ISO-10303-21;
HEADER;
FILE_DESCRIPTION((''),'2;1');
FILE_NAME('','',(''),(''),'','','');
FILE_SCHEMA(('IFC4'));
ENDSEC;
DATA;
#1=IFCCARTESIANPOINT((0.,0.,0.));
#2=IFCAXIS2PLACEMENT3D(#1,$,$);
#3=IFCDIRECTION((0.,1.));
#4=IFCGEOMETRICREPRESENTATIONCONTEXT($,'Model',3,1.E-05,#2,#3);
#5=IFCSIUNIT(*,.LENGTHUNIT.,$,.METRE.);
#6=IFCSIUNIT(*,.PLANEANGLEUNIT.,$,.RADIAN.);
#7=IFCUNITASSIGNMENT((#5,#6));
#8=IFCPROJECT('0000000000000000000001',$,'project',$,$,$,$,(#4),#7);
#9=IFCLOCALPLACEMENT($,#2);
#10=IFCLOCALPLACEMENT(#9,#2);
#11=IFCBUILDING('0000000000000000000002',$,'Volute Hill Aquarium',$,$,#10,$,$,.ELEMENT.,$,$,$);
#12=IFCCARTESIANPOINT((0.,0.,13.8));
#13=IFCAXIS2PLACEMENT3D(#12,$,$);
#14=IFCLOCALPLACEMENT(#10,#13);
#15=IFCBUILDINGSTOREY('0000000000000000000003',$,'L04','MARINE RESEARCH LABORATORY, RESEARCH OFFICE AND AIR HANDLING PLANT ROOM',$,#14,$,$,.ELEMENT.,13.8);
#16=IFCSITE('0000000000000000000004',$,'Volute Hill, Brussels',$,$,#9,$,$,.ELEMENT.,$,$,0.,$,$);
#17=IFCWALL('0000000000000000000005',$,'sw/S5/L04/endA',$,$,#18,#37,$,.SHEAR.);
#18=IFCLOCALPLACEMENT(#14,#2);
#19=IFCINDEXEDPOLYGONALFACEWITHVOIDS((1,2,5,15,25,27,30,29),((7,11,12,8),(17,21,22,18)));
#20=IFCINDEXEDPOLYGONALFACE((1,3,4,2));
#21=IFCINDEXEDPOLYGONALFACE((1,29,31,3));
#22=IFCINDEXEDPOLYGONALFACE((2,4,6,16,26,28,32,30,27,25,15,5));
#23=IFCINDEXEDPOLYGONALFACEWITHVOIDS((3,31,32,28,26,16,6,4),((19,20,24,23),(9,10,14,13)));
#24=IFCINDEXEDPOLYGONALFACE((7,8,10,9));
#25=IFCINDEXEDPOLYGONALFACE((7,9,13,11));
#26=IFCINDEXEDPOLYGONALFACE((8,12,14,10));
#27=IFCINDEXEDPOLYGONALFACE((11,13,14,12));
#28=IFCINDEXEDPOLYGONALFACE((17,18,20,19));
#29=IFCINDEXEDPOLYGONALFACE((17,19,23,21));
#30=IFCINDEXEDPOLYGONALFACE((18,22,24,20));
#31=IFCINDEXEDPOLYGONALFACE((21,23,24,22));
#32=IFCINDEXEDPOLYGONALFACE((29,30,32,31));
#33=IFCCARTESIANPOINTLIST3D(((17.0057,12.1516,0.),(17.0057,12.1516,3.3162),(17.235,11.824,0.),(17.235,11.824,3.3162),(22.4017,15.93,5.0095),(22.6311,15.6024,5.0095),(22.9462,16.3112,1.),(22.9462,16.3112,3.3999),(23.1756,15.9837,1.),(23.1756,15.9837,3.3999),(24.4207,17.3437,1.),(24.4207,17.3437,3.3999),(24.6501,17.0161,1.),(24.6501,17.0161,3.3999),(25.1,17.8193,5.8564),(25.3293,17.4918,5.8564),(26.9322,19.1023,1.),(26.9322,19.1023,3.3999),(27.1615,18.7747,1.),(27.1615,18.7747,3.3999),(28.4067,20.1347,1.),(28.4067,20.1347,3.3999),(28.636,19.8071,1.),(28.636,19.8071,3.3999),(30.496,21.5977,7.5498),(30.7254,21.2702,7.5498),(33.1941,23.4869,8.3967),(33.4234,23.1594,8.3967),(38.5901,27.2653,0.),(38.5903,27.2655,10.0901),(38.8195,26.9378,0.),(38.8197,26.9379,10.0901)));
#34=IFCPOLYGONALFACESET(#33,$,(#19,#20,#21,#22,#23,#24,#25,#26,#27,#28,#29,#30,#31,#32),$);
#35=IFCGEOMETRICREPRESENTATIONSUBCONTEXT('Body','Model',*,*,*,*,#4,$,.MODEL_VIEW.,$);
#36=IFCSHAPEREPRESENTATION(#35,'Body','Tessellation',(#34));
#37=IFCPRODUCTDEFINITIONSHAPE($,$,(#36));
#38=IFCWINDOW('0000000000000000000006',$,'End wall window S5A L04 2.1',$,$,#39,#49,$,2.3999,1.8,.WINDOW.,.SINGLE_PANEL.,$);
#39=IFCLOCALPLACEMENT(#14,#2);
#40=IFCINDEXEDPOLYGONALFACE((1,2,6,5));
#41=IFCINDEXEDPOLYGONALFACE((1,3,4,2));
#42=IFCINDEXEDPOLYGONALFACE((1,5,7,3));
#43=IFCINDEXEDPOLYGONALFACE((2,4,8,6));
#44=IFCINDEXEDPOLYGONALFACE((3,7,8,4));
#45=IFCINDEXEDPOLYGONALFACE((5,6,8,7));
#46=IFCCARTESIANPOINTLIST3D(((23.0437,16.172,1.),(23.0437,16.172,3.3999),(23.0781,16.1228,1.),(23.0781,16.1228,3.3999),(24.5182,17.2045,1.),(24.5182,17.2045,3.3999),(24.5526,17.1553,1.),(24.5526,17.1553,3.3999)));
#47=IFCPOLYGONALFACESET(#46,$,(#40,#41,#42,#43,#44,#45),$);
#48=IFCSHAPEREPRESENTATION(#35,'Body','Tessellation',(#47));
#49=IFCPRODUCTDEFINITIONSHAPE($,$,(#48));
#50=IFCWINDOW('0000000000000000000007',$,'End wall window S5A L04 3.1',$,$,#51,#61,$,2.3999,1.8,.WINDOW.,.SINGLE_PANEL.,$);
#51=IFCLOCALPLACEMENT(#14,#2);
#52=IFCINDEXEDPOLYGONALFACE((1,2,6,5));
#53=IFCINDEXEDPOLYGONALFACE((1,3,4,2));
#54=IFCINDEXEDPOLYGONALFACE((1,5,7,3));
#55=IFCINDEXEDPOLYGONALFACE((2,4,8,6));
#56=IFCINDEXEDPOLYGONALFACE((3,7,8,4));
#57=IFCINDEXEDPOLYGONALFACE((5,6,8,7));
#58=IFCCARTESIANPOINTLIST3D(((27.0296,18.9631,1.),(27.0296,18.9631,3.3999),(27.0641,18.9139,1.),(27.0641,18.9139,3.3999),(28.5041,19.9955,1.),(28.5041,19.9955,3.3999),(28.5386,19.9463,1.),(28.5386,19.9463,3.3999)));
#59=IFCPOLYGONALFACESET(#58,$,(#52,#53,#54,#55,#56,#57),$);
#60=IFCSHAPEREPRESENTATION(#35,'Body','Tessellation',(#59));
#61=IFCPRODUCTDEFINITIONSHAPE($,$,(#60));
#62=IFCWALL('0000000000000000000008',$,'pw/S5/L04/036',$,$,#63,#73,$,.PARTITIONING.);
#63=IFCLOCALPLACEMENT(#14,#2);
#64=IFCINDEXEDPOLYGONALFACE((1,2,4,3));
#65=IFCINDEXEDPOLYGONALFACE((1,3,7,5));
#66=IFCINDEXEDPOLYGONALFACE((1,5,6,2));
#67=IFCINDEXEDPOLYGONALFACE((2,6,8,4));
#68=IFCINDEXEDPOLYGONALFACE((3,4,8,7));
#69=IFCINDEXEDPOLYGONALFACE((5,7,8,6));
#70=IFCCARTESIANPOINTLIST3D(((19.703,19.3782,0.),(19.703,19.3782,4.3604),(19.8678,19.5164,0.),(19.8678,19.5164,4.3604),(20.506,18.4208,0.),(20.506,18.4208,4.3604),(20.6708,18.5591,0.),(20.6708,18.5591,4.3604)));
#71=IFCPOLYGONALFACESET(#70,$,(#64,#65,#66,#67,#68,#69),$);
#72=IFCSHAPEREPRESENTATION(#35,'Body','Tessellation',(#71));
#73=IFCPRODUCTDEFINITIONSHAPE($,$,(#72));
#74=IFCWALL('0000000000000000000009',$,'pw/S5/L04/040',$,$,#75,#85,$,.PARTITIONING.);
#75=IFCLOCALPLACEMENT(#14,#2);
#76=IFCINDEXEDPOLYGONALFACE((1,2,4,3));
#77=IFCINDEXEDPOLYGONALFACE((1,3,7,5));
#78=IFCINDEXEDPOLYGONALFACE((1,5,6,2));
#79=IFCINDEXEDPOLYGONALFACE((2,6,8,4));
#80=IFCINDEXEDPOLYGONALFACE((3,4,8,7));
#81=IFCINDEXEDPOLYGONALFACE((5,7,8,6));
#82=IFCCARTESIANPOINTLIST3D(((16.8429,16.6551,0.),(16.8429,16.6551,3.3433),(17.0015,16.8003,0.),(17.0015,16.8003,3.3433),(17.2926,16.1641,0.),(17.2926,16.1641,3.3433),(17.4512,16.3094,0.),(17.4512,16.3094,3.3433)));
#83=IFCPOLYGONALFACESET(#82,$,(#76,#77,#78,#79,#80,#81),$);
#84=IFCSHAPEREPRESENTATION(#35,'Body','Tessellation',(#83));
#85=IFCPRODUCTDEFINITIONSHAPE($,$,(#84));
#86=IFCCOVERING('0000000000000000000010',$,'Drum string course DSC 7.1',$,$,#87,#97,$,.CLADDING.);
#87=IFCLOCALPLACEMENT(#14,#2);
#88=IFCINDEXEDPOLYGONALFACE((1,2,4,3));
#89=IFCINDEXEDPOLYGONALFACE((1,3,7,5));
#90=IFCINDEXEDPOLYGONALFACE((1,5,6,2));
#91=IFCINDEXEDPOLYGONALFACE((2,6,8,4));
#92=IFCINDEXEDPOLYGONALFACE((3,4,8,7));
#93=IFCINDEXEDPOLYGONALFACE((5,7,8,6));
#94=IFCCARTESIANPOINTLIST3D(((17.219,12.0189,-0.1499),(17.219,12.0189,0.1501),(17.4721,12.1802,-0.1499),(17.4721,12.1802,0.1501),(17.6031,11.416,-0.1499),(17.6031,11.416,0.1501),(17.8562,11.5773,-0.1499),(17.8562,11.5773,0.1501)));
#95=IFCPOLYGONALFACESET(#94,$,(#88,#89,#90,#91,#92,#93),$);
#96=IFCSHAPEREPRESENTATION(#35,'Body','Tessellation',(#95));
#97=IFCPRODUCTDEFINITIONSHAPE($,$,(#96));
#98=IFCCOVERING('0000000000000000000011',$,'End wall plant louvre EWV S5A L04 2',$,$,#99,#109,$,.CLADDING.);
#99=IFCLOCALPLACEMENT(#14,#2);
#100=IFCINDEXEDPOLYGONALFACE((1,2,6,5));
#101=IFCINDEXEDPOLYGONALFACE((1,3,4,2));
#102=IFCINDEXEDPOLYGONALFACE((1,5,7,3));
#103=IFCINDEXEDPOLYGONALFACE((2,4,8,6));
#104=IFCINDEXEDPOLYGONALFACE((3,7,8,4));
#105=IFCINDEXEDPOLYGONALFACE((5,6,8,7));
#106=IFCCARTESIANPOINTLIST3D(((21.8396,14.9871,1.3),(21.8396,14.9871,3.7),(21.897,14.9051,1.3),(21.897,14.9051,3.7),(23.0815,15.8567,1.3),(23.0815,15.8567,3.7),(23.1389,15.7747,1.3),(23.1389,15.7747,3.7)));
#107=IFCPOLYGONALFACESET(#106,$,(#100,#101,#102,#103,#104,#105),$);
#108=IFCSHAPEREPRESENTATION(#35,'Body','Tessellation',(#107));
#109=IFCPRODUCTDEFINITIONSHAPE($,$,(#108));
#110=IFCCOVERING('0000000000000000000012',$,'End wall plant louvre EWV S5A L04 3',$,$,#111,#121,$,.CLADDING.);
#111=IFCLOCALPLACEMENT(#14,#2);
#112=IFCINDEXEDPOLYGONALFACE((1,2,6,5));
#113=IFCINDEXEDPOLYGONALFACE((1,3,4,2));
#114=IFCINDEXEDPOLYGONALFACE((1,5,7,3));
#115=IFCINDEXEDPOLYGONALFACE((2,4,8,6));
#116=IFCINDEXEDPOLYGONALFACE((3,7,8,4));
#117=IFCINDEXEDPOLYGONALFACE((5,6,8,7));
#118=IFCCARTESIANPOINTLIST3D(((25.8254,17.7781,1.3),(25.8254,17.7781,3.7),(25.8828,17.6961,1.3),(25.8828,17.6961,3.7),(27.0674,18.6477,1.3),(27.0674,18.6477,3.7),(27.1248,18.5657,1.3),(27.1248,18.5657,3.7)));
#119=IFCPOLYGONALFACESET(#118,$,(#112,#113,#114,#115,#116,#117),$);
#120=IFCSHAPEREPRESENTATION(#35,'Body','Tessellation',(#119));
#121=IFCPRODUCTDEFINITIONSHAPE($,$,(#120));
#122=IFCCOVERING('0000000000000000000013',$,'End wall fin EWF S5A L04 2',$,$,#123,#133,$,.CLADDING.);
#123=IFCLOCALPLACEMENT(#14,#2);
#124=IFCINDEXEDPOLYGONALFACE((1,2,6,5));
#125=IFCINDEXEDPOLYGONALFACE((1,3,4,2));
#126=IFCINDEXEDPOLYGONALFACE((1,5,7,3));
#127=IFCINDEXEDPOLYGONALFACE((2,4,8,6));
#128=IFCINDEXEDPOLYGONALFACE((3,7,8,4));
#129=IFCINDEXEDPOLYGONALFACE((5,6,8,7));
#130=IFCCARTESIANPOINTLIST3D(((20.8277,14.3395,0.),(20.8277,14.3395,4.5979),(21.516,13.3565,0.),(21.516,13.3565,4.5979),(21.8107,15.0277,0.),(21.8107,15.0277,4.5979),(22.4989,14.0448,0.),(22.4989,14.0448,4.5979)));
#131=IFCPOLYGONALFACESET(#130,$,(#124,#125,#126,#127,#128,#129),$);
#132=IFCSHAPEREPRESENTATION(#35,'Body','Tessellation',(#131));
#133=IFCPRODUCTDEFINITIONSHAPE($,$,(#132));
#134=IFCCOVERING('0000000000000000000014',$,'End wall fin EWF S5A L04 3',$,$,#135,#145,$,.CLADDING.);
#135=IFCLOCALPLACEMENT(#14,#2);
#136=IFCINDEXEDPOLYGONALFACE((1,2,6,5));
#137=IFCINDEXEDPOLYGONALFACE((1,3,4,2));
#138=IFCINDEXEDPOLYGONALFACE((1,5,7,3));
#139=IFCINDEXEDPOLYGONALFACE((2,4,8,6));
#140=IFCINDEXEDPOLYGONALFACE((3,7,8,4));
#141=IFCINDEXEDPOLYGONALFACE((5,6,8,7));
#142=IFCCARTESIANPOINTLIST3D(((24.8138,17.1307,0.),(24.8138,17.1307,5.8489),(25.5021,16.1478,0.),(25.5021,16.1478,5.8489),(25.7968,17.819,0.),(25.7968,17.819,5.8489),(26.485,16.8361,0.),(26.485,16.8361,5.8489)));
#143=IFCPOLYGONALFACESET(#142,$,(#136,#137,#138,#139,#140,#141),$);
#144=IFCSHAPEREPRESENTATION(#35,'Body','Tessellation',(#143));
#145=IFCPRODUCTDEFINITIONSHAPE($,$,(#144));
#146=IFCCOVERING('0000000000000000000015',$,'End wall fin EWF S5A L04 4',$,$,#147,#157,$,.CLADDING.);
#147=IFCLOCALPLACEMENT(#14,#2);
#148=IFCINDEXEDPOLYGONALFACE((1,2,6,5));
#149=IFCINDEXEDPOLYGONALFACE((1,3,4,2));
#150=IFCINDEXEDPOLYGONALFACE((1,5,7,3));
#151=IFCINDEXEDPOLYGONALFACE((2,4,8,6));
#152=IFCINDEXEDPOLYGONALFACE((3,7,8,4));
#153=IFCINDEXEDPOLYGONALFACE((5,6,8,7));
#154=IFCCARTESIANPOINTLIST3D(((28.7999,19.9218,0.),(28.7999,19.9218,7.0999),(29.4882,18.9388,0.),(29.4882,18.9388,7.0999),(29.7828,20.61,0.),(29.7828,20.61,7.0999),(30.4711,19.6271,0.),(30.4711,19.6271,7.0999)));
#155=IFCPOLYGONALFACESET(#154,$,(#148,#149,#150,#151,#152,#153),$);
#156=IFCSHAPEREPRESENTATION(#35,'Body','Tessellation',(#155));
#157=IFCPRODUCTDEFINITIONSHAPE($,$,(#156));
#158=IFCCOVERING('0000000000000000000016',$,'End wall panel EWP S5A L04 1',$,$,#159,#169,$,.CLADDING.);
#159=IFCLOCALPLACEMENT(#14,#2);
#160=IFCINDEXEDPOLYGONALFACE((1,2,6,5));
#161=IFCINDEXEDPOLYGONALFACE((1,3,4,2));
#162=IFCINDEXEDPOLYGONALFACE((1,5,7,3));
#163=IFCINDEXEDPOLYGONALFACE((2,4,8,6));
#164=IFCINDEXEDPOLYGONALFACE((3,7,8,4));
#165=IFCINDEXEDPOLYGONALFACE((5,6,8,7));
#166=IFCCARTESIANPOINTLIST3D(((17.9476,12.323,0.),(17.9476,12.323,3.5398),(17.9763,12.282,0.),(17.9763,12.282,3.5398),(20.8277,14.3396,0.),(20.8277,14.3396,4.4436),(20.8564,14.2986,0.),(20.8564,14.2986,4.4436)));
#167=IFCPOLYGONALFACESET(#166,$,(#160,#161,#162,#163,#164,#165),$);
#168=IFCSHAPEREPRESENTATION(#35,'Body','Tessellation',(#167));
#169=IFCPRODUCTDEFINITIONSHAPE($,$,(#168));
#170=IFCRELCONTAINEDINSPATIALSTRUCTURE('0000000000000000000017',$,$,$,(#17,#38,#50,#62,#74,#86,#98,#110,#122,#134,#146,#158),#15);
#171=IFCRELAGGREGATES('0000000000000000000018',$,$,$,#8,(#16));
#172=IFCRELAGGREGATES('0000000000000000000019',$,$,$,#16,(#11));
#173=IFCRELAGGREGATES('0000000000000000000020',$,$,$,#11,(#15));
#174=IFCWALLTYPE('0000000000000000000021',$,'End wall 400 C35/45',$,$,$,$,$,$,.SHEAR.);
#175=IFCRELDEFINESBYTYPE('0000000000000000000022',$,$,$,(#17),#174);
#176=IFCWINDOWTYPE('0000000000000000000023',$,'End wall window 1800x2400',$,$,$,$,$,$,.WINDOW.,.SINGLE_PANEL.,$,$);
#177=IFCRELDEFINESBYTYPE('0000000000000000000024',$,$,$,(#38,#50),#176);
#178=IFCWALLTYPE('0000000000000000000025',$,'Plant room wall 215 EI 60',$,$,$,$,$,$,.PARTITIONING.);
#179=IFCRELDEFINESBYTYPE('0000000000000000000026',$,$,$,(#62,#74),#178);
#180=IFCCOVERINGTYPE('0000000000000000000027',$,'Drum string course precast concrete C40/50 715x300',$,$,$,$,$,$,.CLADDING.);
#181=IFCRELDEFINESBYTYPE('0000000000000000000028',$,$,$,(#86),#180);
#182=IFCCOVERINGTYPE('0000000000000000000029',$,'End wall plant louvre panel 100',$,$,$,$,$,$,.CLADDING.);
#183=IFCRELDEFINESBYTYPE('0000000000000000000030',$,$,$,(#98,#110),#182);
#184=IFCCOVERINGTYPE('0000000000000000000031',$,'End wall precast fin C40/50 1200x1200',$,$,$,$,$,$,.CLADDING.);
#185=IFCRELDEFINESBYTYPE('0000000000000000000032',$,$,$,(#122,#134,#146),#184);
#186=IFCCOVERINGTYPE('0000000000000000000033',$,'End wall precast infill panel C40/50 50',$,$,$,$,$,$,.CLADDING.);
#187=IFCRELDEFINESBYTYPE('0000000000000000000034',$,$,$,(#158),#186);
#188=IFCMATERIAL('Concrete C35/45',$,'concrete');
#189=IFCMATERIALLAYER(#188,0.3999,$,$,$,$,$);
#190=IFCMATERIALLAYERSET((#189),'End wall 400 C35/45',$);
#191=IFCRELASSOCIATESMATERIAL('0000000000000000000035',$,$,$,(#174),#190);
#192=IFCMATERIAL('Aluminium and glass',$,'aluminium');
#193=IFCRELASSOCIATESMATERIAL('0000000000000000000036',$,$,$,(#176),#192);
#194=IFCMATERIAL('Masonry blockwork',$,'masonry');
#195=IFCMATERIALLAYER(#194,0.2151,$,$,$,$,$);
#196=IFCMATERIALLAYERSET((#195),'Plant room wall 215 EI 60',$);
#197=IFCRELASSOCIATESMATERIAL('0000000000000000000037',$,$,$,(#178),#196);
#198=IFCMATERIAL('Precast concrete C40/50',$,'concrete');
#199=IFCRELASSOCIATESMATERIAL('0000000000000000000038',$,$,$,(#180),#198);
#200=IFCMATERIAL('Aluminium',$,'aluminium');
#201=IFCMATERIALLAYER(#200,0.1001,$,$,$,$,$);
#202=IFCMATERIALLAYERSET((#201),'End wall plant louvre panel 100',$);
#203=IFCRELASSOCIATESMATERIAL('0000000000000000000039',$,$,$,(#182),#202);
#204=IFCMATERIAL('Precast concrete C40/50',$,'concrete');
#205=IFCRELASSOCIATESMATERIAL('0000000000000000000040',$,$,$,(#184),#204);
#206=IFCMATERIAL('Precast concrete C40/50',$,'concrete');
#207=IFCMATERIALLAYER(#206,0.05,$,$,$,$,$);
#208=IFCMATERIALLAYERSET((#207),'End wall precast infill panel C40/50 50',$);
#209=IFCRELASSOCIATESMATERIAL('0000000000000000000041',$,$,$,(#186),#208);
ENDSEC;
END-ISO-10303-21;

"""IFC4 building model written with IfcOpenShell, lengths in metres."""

from ifc_helpers import new_model, si_unit, direction, frame, frame_2d, origin, origin_2d, place, context, subcontext, project, spatial, polyline, rectangle, outline, extrude, material, layer, layer_set, type_object, element, fill, save


model = new_model("IFC4")

# Units and contexts
model_context = context("Model", 3, precision=1e-05, world=origin(), true_north=direction((0.0, 1.0)))
body_context = subcontext(model_context, "Body", "Model", "MODEL_VIEW")
ifc_project = project(units=[si_unit("LENGTHUNIT", "METRE"), si_unit("PLANEANGLEUNIT", "RADIAN")], contexts=[model_context])

# Site, building, storey
site_placement = place(None, origin())
site = spatial("IfcSite", under=ifc_project, at=site_placement, Name="Volute Hill, Brussels", CompositionType="ELEMENT", RefElevation=0.0)
building_placement = place(site_placement, origin())
building = spatial("IfcBuilding", under=site, at=building_placement, Name="Volute Hill Aquarium", CompositionType="ELEMENT")
storey_placement = place(building_placement, frame((0.0, 0.0, 13.8)))
storey = spatial("IfcBuildingStorey", under=building, at=storey_placement, Name="L04", Description="MARINE RESEARCH LABORATORY, RESEARCH OFFICE AND AIR HANDLING PLANT ROOM", CompositionType="ELEMENT", Elevation=13.8)

# Wall, openings, windows
ifc_material_1 = material(Name="Concrete C35/45", Category="concrete")
ifc_layer_1 = layer(ifc_material_1, 0.3999)
ifc_layer_set_1 = layer_set([ifc_layer_1], Name="End wall 400 C35/45")
wall_type_1 = type_object("IfcWallType", Name="End wall 400 C35/45", PredefinedType="SHEAR", material=ifc_layer_set_1)
wall_1_placement = place(storey_placement, frame((17.1204, 11.9878, 0.0), z_axis=(0.0, 0.0, 1.0), x_axis=(0.819149, 0.57358, 0.0)))
wall_1 = element("IfcWall", 1, at=wall_1_placement, inside=storey, type_object=wall_type_1, Name="sw/S5/L04/endA", PredefinedType="SHEAR", context=body_context, shape_type="SweptSolid", body=[
    extrude(outline(polyline([(0.0, 0.0), (26.3499, 0.0), (26.3501, 10.0901), (23.0564, 9.2434), (19.7625, 8.3967), (16.4688, 7.5498), (13.175, 6.7031), (9.8813, 5.8564), (6.5874, 5.0095), (3.2937, 4.1628), (0.0, 3.3162), (0.0, 0.0)])), frame((0.0, 0.2, 0.0), z_axis=(0.0, -1.0, 0.0), x_axis=(1.0, 0.0, 0.0)), (0.0, 0.0, 1.0), 0.3999),
])
opening_1_placement = place(wall_1_placement, frame((7.2522, 0.0, 1.0)))
opening_1 = element("IfcOpeningElement", 2, at=opening_1_placement, cuts=wall_1, PredefinedType="OPENING", context=body_context, shape_type="SweptSolid", body=[
    extrude(rectangle(XDim=1.8, YDim=2.3999, at=frame_2d((0.8999, 1.2))), frame((0.0, 0.21, 0.0), z_axis=(0.0, -1.0, 0.0), x_axis=(1.0, 0.0, 0.0)), (0.0, 0.0, 1.0), 0.4199),
])
opening_2_placement = place(wall_1_placement, frame((12.1182, 0.0, 1.0)))
opening_2 = element("IfcOpeningElement", 3, at=opening_2_placement, cuts=wall_1, PredefinedType="OPENING", context=body_context, shape_type="SweptSolid", body=[
    extrude(rectangle(XDim=1.8, YDim=2.3999, at=frame_2d((0.8999, 1.2))), frame((0.0, 0.21, 0.0), z_axis=(0.0, -1.0, 0.0), x_axis=(1.0, 0.0, 0.0)), (0.0, 0.0, 1.0), 0.4199),
])
ifc_material_2 = material(Name="Aluminium and glass", Category="aluminium")
window_type = type_object("IfcWindowType", Name="End wall window 1800x2400", PartitioningType="SINGLE_PANEL", PredefinedType="WINDOW", material=ifc_material_2)
window_1_placement = place(opening_1_placement, origin())
window_1 = element("IfcWindow", 4, at=window_1_placement, inside=storey, type_object=window_type, Name="End wall window S5A L04 2.1", OverallHeight=2.3999, OverallWidth=1.8, PartitioningType="SINGLE_PANEL", PredefinedType="WINDOW", context=body_context, shape_type="SweptSolid", body=[
    extrude(rectangle(XDim=1.8, YDim=2.3999, at=frame_2d((0.8999, 1.2))), frame((0.0, 0.03, 0.0), z_axis=(0.0, -1.0, 0.0), x_axis=(1.0, 0.0, 0.0)), (0.0, 0.0, 1.0), 0.0601),
])
fill(opening_1, window_1)
window_2_placement = place(opening_2_placement, origin())
window_2 = element("IfcWindow", 5, at=window_2_placement, inside=storey, type_object=window_type, Name="End wall window S5A L04 3.1", OverallHeight=2.3999, OverallWidth=1.8, PartitioningType="SINGLE_PANEL", PredefinedType="WINDOW", context=body_context, shape_type="SweptSolid", body=[
    extrude(rectangle(XDim=1.8, YDim=2.3999, at=frame_2d((0.8999, 1.2))), frame((0.0, 0.03, 0.0), z_axis=(0.0, -1.0, 0.0), x_axis=(1.0, 0.0, 0.0)), (0.0, 0.0, 1.0), 0.0601),
])
fill(opening_2, window_2)

# Shared definitions
ifc_material_3 = material(Name="Masonry blockwork", Category="masonry")
ifc_layer_2 = layer(ifc_material_3, 0.2151)
ifc_layer_set_2 = layer_set([ifc_layer_2], Name="Plant room wall 215 EI 60")
wall_type_2 = type_object("IfcWallType", Name="Plant room wall 215 EI 60", PredefinedType="PARTITIONING", material=ifc_layer_set_2)

# Walls
wall_2_placement = place(storey_placement, frame((19.7854, 19.4473, 0.0), z_axis=(0.0, 0.0, 1.0), x_axis=(0.64266, -0.766151, 0.0)))
element("IfcWall", 6, at=wall_2_placement, inside=storey, type_object=wall_type_2, Name="pw/S5/L04/036", PredefinedType="PARTITIONING", context=body_context, shape_type="SweptSolid", body=[
    extrude(rectangle(XDim=1.2495, YDim=0.2151, at=frame_2d((0.6248, 0.0))), origin(), (0.0, 0.0, 1.0), 4.3604),
])
wall_3_placement = place(storey_placement, frame((16.9221, 16.7278, 0.0), z_axis=(0.0, 0.0, 1.0), x_axis=(0.675442, -0.737413, 0.0)))
element("IfcWall", 7, at=wall_3_placement, inside=storey, type_object=wall_type_2, Name="pw/S5/L04/040", PredefinedType="PARTITIONING", context=body_context, shape_type="SweptSolid", body=[
    extrude(rectangle(XDim=0.6658, YDim=0.2151, at=frame_2d((0.333, 0.0))), origin(), (0.0, 0.0, 1.0), 3.3433),
])

# Coverings
ifc_material_4 = material(Name="Precast concrete C40/50", Category="concrete")
covering_type_1 = type_object("IfcCoveringType", Name="Drum string course precast concrete C40/50 715x300", PredefinedType="CLADDING", material=ifc_material_4)
covering_1_placement = place(storey_placement, frame((17.5376, 11.7981, -0.1499), z_axis=(0.0, 0.0, 1.0), x_axis=(-0.5373, 0.843391, 0.0)))
element("IfcCovering", 8, at=covering_1_placement, inside=storey, type_object=covering_type_1, Name="Drum string course DSC 7.1", PredefinedType="CLADDING", context=body_context, shape_type="SweptSolid", body=[
    extrude(rectangle(XDim=0.7148, YDim=0.3, at=origin_2d()), origin(), (0.0, 0.0, 1.0), 0.3),
])
ifc_material_5 = material(Name="Aluminium", Category="aluminium")
ifc_layer_3 = layer(ifc_material_5, 0.1001)
ifc_layer_set_3 = layer_set([ifc_layer_3], Name="End wall plant louvre panel 100")
covering_type_2 = type_object("IfcCoveringType", Name="End wall plant louvre panel 100", PredefinedType="CLADDING", material=ifc_layer_set_3)
for number, where, z_axis, x_axis, name in (
    (9, (22.4893, 15.3809, 1.3), (0.0, 0.0, 1.0), (0.81915, 0.573579, 0.0), "End wall plant louvre EWV S5A L04 2"),
    (10, (26.4751, 18.1719, 1.3), (0.0, 0.0, 1.0), (0.81915, 0.573579, 0.0), "End wall plant louvre EWV S5A L04 3"),
):
    element("IfcCovering", number, at=place(storey_placement, frame(where, z_axis=z_axis, x_axis=x_axis)), inside=storey, type_object=covering_type_2, Name=name, PredefinedType="CLADDING", context=body_context, shape_type="SweptSolid", body=[
        extrude(rectangle(XDim=1.5161, YDim=0.1001, at=origin_2d()), origin(), (0.0, 0.0, 1.0), 2.3999),
    ])
ifc_material_6 = material(Name="Precast concrete C40/50", Category="concrete")
covering_type_3 = type_object("IfcCoveringType", Name="End wall precast fin C40/50 1200x1200", PredefinedType="CLADDING", material=ifc_material_6)
covering_2_placement = place(storey_placement, frame((21.6633, 14.1921, 0.0), z_axis=(0.0, 0.0, 1.0), x_axis=(0.81915, 0.573579, 0.0)))
element("IfcCovering", 11, at=covering_2_placement, inside=storey, type_object=covering_type_3, Name="End wall fin EWF S5A L04 2", PredefinedType="CLADDING", context=body_context, shape_type="SweptSolid", body=[
    extrude(rectangle(XDim=1.2, YDim=1.2, at=origin_2d()), origin(), (0.0, 0.0, 1.0), 4.5979),
])
covering_3_placement = place(storey_placement, frame((25.6494, 16.9834, 0.0), z_axis=(0.0, 0.0, 1.0), x_axis=(0.81915, 0.573579, 0.0)))
element("IfcCovering", 12, at=covering_3_placement, inside=storey, type_object=covering_type_3, Name="End wall fin EWF S5A L04 3", PredefinedType="CLADDING", context=body_context, shape_type="SweptSolid", body=[
    extrude(rectangle(XDim=1.2, YDim=1.2, at=origin_2d()), origin(), (0.0, 0.0, 1.0), 5.8489),
])
covering_4_placement = place(storey_placement, frame((29.6355, 19.7744, 0.0), z_axis=(0.0, 0.0, 1.0), x_axis=(0.81915, 0.573579, 0.0)))
element("IfcCovering", 13, at=covering_4_placement, inside=storey, type_object=covering_type_3, Name="End wall fin EWF S5A L04 4", PredefinedType="CLADDING", context=body_context, shape_type="SweptSolid", body=[
    extrude(rectangle(XDim=1.2, YDim=1.2, at=origin_2d()), origin(), (0.0, 0.0, 1.0), 7.0999),
])
ifc_material_7 = material(Name="Precast concrete C40/50", Category="concrete")
ifc_layer_4 = layer(ifc_material_7, 0.05)
ifc_layer_set_4 = layer_set([ifc_layer_4], Name="End wall precast infill panel C40/50 50")
covering_type_4 = type_object("IfcCoveringType", Name="End wall precast infill panel C40/50 50", PredefinedType="CLADDING", material=ifc_layer_set_4)
covering_5_placement = place(storey_placement, frame((17.9763, 12.282, 0.0), z_axis=(0.57356, -0.819163, 0.0), x_axis=(0.819163, 0.57356, 0.0)))
element("IfcCovering", 14, at=covering_5_placement, inside=storey, type_object=covering_type_4, Name="End wall panel EWP S5A L04 1", PredefinedType="CLADDING", context=body_context, shape_type="SweptSolid", body=[
    extrude(outline(polyline([(0.0, 0.0), (3.5159, 0.0), (3.5159, 4.4436), (0.0, 3.5398), (0.0, 0.0)])), origin(), (0.0, 0.0, -1.0), 0.05),
])

save(model, "model.ifc")
